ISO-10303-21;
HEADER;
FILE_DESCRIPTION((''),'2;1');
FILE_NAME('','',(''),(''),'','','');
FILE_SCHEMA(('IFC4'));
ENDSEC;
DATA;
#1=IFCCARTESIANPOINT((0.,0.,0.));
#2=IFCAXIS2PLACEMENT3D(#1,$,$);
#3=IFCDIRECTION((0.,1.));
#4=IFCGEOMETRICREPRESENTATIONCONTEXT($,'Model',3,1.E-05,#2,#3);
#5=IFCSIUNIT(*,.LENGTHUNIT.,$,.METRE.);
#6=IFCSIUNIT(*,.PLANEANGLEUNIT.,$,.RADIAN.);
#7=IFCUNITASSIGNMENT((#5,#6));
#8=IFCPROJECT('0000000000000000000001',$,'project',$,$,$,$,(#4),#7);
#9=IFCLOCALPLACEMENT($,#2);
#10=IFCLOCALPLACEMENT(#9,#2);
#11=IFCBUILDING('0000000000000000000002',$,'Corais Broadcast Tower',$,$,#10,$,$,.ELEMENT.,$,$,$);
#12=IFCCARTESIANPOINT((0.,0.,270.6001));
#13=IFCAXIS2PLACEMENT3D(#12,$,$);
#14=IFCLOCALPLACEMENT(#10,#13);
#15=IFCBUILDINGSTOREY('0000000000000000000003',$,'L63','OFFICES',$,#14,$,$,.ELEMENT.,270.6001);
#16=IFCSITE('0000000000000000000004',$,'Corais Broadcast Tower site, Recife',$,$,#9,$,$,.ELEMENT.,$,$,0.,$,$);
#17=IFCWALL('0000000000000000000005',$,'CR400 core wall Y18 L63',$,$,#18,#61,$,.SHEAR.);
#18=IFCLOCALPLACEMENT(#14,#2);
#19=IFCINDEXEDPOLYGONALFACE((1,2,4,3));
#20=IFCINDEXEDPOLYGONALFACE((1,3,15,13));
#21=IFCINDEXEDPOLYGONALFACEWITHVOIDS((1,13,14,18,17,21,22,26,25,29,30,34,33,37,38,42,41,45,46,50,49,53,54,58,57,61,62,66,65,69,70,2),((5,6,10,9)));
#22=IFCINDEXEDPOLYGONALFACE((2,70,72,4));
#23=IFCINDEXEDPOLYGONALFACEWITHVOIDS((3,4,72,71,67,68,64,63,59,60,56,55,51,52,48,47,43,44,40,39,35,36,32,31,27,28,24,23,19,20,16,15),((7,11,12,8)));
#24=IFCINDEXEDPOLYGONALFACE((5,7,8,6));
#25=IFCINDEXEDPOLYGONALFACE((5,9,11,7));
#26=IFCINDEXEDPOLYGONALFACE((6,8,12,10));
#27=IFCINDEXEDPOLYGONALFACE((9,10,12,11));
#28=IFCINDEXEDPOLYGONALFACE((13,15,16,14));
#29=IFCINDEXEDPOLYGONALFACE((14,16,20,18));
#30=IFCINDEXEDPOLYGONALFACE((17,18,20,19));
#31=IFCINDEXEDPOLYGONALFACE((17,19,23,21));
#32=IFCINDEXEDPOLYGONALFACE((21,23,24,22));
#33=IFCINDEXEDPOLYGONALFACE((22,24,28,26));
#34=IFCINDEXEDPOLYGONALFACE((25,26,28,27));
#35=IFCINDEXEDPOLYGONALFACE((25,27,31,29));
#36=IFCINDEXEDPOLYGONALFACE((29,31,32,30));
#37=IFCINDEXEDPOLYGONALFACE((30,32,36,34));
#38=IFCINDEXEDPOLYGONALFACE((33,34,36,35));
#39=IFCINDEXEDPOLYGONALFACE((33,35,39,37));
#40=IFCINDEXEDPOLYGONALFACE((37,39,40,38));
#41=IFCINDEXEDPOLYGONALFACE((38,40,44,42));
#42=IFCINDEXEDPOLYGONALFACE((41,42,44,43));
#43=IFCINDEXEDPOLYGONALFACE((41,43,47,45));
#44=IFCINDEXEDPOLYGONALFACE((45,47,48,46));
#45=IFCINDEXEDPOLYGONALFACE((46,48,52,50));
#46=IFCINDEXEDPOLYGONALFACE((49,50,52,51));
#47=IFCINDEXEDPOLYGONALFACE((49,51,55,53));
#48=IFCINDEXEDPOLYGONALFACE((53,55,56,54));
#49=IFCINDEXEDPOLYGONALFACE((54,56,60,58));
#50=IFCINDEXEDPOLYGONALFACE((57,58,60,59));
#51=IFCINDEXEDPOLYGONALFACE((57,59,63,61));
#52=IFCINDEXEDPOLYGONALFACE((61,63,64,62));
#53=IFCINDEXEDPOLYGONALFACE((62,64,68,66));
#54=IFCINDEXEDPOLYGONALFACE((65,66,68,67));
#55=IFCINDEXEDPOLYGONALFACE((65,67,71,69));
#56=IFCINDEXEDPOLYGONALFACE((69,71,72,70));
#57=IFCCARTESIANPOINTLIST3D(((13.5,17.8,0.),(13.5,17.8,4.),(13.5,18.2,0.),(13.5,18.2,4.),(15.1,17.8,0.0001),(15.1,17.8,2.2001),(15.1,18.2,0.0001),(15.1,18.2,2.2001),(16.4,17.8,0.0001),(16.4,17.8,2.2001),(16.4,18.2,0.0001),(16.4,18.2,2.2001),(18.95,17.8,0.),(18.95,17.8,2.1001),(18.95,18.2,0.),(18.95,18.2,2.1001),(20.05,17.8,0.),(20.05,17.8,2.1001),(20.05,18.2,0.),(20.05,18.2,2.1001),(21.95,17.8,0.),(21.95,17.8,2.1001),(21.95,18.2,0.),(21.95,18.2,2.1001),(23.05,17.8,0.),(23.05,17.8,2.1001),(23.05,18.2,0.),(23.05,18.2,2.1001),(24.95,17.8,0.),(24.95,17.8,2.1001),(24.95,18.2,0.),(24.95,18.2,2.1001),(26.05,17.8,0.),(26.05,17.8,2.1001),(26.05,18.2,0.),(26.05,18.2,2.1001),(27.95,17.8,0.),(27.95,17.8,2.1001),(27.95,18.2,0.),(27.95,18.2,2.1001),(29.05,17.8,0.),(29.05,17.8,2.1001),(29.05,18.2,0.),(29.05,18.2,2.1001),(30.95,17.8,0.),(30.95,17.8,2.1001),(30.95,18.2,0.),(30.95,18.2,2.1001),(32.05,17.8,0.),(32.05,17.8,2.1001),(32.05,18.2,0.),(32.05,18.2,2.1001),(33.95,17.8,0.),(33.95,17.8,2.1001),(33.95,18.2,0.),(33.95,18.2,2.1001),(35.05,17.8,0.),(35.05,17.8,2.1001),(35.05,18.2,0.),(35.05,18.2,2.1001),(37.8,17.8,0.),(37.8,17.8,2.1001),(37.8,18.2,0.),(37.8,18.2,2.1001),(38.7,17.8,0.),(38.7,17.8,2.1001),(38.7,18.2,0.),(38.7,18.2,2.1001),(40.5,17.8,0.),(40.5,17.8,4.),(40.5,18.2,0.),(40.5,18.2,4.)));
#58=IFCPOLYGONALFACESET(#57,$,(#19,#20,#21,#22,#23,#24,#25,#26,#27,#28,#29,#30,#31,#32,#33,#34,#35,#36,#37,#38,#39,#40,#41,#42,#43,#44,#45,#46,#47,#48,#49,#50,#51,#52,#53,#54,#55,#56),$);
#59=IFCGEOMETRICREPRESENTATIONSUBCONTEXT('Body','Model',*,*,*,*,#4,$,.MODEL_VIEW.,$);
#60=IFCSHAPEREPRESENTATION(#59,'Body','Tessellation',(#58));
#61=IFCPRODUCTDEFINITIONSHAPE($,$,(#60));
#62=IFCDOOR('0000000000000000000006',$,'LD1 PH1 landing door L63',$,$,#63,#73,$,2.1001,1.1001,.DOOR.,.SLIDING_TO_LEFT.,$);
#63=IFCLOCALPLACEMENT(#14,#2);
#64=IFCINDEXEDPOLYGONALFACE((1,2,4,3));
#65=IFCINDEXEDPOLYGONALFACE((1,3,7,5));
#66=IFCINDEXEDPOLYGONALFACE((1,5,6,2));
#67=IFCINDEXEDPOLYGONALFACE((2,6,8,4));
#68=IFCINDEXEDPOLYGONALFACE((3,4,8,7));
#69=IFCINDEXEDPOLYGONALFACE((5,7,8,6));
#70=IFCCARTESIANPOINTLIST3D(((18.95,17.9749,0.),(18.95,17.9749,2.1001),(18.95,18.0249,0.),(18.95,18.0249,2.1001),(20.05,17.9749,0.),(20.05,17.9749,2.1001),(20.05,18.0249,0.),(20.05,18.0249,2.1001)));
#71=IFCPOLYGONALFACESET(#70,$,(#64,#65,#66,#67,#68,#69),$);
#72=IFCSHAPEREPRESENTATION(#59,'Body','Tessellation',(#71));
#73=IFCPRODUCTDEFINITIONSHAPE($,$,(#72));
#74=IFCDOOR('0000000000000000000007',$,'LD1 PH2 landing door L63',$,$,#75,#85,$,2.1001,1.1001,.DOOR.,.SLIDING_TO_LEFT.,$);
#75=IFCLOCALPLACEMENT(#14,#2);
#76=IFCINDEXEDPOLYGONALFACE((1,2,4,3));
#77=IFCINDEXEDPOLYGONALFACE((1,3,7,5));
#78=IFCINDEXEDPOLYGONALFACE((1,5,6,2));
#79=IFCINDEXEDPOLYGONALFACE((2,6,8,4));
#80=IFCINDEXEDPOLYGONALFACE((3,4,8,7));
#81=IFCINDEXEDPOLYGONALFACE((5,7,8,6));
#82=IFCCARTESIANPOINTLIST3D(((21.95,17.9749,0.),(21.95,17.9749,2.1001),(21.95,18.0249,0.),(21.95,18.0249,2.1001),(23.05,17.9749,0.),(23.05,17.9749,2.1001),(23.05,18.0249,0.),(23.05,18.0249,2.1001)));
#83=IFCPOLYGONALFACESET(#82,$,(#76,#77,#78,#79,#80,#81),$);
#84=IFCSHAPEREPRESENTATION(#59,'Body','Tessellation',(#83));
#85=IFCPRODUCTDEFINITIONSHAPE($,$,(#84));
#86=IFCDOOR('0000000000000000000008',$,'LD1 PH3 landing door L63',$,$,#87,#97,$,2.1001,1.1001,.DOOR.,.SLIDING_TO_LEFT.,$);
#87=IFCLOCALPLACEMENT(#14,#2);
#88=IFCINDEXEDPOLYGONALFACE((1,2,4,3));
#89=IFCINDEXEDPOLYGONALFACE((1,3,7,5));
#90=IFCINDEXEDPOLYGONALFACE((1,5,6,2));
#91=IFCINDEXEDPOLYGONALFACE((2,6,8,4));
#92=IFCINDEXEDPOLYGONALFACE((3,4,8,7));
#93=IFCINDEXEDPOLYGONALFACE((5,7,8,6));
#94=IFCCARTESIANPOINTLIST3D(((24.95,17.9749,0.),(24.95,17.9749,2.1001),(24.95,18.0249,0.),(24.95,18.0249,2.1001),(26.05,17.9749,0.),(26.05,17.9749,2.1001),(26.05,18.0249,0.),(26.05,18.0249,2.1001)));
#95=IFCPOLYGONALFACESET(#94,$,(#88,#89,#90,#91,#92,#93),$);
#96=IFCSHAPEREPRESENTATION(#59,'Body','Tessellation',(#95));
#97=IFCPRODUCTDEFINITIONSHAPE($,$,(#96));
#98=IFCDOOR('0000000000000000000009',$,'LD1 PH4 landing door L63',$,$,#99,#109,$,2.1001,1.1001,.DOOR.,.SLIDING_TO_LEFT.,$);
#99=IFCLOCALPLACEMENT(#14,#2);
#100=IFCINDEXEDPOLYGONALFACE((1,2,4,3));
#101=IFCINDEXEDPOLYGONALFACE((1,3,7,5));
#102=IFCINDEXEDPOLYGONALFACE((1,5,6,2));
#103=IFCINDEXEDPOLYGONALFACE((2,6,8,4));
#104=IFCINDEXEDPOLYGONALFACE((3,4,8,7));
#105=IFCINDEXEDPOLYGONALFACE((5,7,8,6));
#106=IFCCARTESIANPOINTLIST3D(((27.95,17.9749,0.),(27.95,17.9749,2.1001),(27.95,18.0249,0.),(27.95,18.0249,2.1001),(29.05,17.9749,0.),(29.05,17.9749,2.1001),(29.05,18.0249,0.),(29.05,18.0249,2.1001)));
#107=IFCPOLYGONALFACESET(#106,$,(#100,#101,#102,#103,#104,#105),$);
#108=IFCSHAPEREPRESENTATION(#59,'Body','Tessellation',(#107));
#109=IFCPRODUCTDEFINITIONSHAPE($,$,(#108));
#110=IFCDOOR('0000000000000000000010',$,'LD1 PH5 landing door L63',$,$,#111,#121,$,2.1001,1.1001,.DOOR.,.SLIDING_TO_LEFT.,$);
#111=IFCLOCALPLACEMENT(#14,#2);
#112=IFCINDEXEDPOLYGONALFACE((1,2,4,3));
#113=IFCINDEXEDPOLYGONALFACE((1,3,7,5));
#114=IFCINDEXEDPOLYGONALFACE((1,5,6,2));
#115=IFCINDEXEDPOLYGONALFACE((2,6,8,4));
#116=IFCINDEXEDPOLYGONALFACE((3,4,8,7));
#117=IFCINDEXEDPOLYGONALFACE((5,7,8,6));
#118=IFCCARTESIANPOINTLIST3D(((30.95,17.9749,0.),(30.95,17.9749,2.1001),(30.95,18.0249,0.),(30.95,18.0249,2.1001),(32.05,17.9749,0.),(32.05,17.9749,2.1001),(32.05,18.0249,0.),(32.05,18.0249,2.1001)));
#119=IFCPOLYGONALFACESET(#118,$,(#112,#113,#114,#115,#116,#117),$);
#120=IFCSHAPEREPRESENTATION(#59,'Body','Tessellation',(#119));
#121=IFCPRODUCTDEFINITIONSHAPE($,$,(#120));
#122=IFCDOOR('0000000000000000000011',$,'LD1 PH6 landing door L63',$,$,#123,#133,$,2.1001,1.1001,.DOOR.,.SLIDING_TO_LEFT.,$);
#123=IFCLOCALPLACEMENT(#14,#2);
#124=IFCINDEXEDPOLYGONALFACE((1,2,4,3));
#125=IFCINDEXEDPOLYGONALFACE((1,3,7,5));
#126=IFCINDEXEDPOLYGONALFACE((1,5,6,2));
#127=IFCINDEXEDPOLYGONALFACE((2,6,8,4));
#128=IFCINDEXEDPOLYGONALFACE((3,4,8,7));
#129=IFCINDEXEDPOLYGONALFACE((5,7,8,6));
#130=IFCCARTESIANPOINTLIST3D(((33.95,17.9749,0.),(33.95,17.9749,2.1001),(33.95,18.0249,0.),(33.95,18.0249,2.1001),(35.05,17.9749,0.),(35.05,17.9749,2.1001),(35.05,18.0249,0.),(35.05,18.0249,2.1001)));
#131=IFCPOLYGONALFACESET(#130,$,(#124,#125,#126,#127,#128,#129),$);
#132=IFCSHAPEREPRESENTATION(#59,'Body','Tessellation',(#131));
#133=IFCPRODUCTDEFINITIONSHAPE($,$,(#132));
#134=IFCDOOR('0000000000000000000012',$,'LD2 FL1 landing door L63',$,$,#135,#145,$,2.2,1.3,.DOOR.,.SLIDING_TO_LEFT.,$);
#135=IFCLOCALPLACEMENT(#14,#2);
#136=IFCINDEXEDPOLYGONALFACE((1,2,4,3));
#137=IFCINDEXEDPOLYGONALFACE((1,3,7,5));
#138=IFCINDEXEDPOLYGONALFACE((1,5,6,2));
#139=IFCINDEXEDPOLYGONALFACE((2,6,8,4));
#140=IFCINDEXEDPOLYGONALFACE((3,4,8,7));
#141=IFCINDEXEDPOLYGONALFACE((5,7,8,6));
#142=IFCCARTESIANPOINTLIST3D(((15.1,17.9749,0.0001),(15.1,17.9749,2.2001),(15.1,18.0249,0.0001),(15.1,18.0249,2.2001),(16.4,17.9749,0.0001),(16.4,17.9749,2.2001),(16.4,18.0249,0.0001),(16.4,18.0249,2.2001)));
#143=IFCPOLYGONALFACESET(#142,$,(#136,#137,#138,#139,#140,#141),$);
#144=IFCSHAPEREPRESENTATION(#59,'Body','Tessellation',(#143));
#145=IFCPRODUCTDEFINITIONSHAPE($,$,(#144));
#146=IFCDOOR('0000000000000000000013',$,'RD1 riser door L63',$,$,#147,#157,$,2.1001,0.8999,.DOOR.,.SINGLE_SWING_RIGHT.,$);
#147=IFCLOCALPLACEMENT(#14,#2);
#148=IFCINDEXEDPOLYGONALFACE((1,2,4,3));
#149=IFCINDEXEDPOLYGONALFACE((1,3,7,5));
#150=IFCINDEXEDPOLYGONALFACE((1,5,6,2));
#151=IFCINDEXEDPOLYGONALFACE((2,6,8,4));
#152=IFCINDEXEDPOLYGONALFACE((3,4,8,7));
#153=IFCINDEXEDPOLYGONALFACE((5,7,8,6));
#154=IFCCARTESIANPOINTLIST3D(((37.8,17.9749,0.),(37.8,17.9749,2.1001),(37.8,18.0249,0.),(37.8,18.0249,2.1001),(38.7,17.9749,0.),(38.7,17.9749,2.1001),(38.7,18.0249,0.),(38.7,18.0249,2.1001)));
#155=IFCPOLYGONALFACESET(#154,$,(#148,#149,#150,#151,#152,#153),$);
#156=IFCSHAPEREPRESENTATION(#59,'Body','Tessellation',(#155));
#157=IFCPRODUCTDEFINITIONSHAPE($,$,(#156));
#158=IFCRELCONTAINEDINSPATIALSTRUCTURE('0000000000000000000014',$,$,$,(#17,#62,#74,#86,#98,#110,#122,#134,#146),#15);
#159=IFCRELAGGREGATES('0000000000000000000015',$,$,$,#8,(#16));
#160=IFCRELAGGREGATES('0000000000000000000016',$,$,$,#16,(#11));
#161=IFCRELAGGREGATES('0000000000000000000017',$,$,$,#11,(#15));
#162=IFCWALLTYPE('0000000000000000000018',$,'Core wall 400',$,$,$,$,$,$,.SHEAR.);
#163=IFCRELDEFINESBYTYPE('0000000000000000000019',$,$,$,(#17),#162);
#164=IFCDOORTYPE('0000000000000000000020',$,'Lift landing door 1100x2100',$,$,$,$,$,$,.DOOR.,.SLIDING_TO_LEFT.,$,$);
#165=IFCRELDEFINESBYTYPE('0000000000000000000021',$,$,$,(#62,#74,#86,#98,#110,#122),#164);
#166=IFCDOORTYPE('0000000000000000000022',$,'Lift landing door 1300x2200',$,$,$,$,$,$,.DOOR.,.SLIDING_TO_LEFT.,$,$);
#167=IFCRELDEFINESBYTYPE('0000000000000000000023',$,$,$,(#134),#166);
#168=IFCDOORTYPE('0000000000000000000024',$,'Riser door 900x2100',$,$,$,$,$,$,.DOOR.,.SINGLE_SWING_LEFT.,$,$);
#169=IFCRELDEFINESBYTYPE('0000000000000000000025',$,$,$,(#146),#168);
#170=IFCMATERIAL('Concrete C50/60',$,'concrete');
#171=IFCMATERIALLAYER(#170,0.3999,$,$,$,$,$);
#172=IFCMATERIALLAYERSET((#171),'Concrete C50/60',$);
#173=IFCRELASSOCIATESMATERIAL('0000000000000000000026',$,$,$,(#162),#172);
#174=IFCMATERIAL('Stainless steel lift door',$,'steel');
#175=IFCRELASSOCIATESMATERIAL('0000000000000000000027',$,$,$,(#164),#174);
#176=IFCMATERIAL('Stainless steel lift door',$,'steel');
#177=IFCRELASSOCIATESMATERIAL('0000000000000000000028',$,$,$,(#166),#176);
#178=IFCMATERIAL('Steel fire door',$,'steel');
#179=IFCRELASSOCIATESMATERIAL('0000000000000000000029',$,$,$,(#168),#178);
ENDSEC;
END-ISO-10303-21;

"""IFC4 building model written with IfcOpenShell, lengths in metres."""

from ifc_helpers import new_model, si_unit, direction, frame, frame_2d, origin, place, context, subcontext, project, spatial, rectangle, extrude, material, layer, layer_set, type_object, element, fill, save


model = new_model("IFC4")

# Units and contexts
model_context = context("Model", 3, precision=1e-05, world=origin(), true_north=direction((0.0, 1.0)))
body_context = subcontext(model_context, "Body", "Model", "MODEL_VIEW")
ifc_project = project(units=[si_unit("LENGTHUNIT", "METRE"), si_unit("PLANEANGLEUNIT", "RADIAN")], contexts=[model_context])

# Site, building, storey
site_placement = place(None, origin())
site = spatial("IfcSite", under=ifc_project, at=site_placement, Name="Corais Broadcast Tower site, Recife", CompositionType="ELEMENT", RefElevation=0.0)
building_placement = place(site_placement, origin())
building = spatial("IfcBuilding", under=site, at=building_placement, Name="Corais Broadcast Tower", CompositionType="ELEMENT")
storey_placement = place(building_placement, frame((0.0, 0.0, 270.6001)))
storey = spatial("IfcBuildingStorey", under=building, at=storey_placement, Name="L63", Description="OFFICES", CompositionType="ELEMENT", Elevation=270.6001)

# Shared definitions
ifc_material_1 = material(Name="Concrete C50/60", Category="concrete")
ifc_layer_1 = layer(ifc_material_1, 0.3999)
ifc_layer_set_1 = layer_set([ifc_layer_1], Name="Concrete C50/60")
wall_type_1 = type_object("IfcWallType", Name="Core wall 400", PredefinedType="SHEAR", material=ifc_layer_set_1)

# Wall, openings, doors
wall_1_placement = place(storey_placement, frame((13.5, 18.0, 0.0), z_axis=(0.0, 0.0, 1.0), x_axis=(1.0, 0.0, 0.0)))
wall_1 = element("IfcWall", 1, at=wall_1_placement, inside=storey, type_object=wall_type_1, Name="CR400 core wall Y18 L63", PredefinedType="SHEAR", context=body_context, shape_type="SweptSolid", body=[
    extrude(rectangle(XDim=27.0, YDim=0.3999, at=frame_2d((13.5, 0.0))), origin(), (0.0, 0.0, 1.0), 4.0),
])
opening_1_placement = place(wall_1_placement, frame((24.3, 0.0, 0.0)))
opening_1 = element("IfcOpeningElement", 2, at=opening_1_placement, cuts=wall_1, PredefinedType="OPENING", context=body_context, shape_type="SweptSolid", body=[
    extrude(rectangle(XDim=0.8999, YDim=2.1001, at=frame_2d((0.45, 1.05))), frame((0.0, 0.21, 0.0), z_axis=(0.0, -1.0, 0.0), x_axis=(1.0, 0.0, 0.0)), (0.0, 0.0, 1.0), 0.4199),
])
opening_2_placement = place(wall_1_placement, frame((5.45, 0.0, 0.0)))
opening_2 = element("IfcOpeningElement", 3, at=opening_2_placement, cuts=wall_1, PredefinedType="OPENING", context=body_context, shape_type="SweptSolid", body=[
    extrude(rectangle(XDim=1.1001, YDim=2.1001, at=frame_2d((0.55, 1.05))), frame((0.0, 0.21, 0.0), z_axis=(0.0, -1.0, 0.0), x_axis=(1.0, 0.0, 0.0)), (0.0, 0.0, 1.0), 0.4199),
])
opening_3_placement = place(wall_1_placement, frame((8.45, 0.0, 0.0)))
opening_3 = element("IfcOpeningElement", 4, at=opening_3_placement, cuts=wall_1, PredefinedType="OPENING", context=body_context, shape_type="SweptSolid", body=[
    extrude(rectangle(XDim=1.1001, YDim=2.1001, at=frame_2d((0.55, 1.05))), frame((0.0, 0.21, 0.0), z_axis=(0.0, -1.0, 0.0), x_axis=(1.0, 0.0, 0.0)), (0.0, 0.0, 1.0), 0.4199),
])
opening_4_placement = place(wall_1_placement, frame((11.45, 0.0, 0.0)))
opening_4 = element("IfcOpeningElement", 5, at=opening_4_placement, cuts=wall_1, PredefinedType="OPENING", context=body_context, shape_type="SweptSolid", body=[
    extrude(rectangle(XDim=1.1001, YDim=2.1001, at=frame_2d((0.55, 1.05))), frame((0.0, 0.21, 0.0), z_axis=(0.0, -1.0, 0.0), x_axis=(1.0, 0.0, 0.0)), (0.0, 0.0, 1.0), 0.4199),
])
opening_5_placement = place(wall_1_placement, frame((14.45, 0.0, 0.0)))
opening_5 = element("IfcOpeningElement", 6, at=opening_5_placement, cuts=wall_1, PredefinedType="OPENING", context=body_context, shape_type="SweptSolid", body=[
    extrude(rectangle(XDim=1.1001, YDim=2.1001, at=frame_2d((0.55, 1.05))), frame((0.0, 0.21, 0.0), z_axis=(0.0, -1.0, 0.0), x_axis=(1.0, 0.0, 0.0)), (0.0, 0.0, 1.0), 0.4199),
])
opening_6_placement = place(wall_1_placement, frame((17.45, 0.0, 0.0)))
opening_6 = element("IfcOpeningElement", 7, at=opening_6_placement, cuts=wall_1, PredefinedType="OPENING", context=body_context, shape_type="SweptSolid", body=[
    extrude(rectangle(XDim=1.1001, YDim=2.1001, at=frame_2d((0.55, 1.05))), frame((0.0, 0.21, 0.0), z_axis=(0.0, -1.0, 0.0), x_axis=(1.0, 0.0, 0.0)), (0.0, 0.0, 1.0), 0.4199),
])
opening_7_placement = place(wall_1_placement, frame((20.45, 0.0, 0.0)))
opening_7 = element("IfcOpeningElement", 8, at=opening_7_placement, cuts=wall_1, PredefinedType="OPENING", context=body_context, shape_type="SweptSolid", body=[
    extrude(rectangle(XDim=1.1001, YDim=2.1001, at=frame_2d((0.55, 1.05))), frame((0.0, 0.21, 0.0), z_axis=(0.0, -1.0, 0.0), x_axis=(1.0, 0.0, 0.0)), (0.0, 0.0, 1.0), 0.4199),
])
opening_8_placement = place(wall_1_placement, frame((1.6001, 0.0, 0.0)))
opening_8 = element("IfcOpeningElement", 9, at=opening_8_placement, cuts=wall_1, PredefinedType="OPENING", context=body_context, shape_type="SweptSolid", body=[
    extrude(rectangle(XDim=1.3, YDim=2.2, at=frame_2d((0.6499, 1.1001))), frame((0.0, 0.21, 0.0), z_axis=(0.0, -1.0, 0.0), x_axis=(1.0, 0.0, 0.0)), (0.0, 0.0, 1.0), 0.4199),
])
ifc_material_2 = material(Name="Stainless steel lift door", Category="steel")
door_type_1 = type_object("IfcDoorType", Name="Lift landing door 1100x2100", OperationType="SLIDING_TO_LEFT", PredefinedType="DOOR", material=ifc_material_2)
door_1_placement = place(opening_2_placement, origin())
door_1 = element("IfcDoor", 10, at=door_1_placement, inside=storey, type_object=door_type_1, Name="LD1 PH1 landing door L63", OperationType="SLIDING_TO_LEFT", OverallHeight=2.1001, OverallWidth=1.1001, PredefinedType="DOOR", context=body_context, shape_type="SweptSolid", body=[
    extrude(rectangle(XDim=1.1001, YDim=2.1001, at=frame_2d((0.55, 1.05))), frame((0.0, 0.0249, 0.0), z_axis=(0.0, -1.0, 0.0), x_axis=(1.0, 0.0, 0.0)), (0.0, 0.0, 1.0), 0.05),
])
fill(opening_2, door_1)
door_2_placement = place(opening_3_placement, origin())
door_2 = element("IfcDoor", 11, at=door_2_placement, inside=storey, type_object=door_type_1, Name="LD1 PH2 landing door L63", OperationType="SLIDING_TO_LEFT", OverallHeight=2.1001, OverallWidth=1.1001, PredefinedType="DOOR", context=body_context, shape_type="SweptSolid", body=[
    extrude(rectangle(XDim=1.1001, YDim=2.1001, at=frame_2d((0.55, 1.05))), frame((0.0, 0.0249, 0.0), z_axis=(0.0, -1.0, 0.0), x_axis=(1.0, 0.0, 0.0)), (0.0, 0.0, 1.0), 0.05),
])
fill(opening_3, door_2)
door_3_placement = place(opening_4_placement, origin())
door_3 = element("IfcDoor", 12, at=door_3_placement, inside=storey, type_object=door_type_1, Name="LD1 PH3 landing door L63", OperationType="SLIDING_TO_LEFT", OverallHeight=2.1001, OverallWidth=1.1001, PredefinedType="DOOR", context=body_context, shape_type="SweptSolid", body=[
    extrude(rectangle(XDim=1.1001, YDim=2.1001, at=frame_2d((0.55, 1.05))), frame((0.0, 0.0249, 0.0), z_axis=(0.0, -1.0, 0.0), x_axis=(1.0, 0.0, 0.0)), (0.0, 0.0, 1.0), 0.05),
])
fill(opening_4, door_3)
door_4_placement = place(opening_5_placement, origin())
door_4 = element("IfcDoor", 13, at=door_4_placement, inside=storey, type_object=door_type_1, Name="LD1 PH4 landing door L63", OperationType="SLIDING_TO_LEFT", OverallHeight=2.1001, OverallWidth=1.1001, PredefinedType="DOOR", context=body_context, shape_type="SweptSolid", body=[
    extrude(rectangle(XDim=1.1001, YDim=2.1001, at=frame_2d((0.55, 1.05))), frame((0.0, 0.0249, 0.0), z_axis=(0.0, -1.0, 0.0), x_axis=(1.0, 0.0, 0.0)), (0.0, 0.0, 1.0), 0.05),
])
fill(opening_5, door_4)
door_5_placement = place(opening_6_placement, origin())
door_5 = element("IfcDoor", 14, at=door_5_placement, inside=storey, type_object=door_type_1, Name="LD1 PH5 landing door L63", OperationType="SLIDING_TO_LEFT", OverallHeight=2.1001, OverallWidth=1.1001, PredefinedType="DOOR", context=body_context, shape_type="SweptSolid", body=[
    extrude(rectangle(XDim=1.1001, YDim=2.1001, at=frame_2d((0.55, 1.05))), frame((0.0, 0.0249, 0.0), z_axis=(0.0, -1.0, 0.0), x_axis=(1.0, 0.0, 0.0)), (0.0, 0.0, 1.0), 0.05),
])
fill(opening_6, door_5)
door_6_placement = place(opening_7_placement, origin())
door_6 = element("IfcDoor", 15, at=door_6_placement, inside=storey, type_object=door_type_1, Name="LD1 PH6 landing door L63", OperationType="SLIDING_TO_LEFT", OverallHeight=2.1001, OverallWidth=1.1001, PredefinedType="DOOR", context=body_context, shape_type="SweptSolid", body=[
    extrude(rectangle(XDim=1.1001, YDim=2.1001, at=frame_2d((0.55, 1.05))), frame((0.0, 0.0249, 0.0), z_axis=(0.0, -1.0, 0.0), x_axis=(1.0, 0.0, 0.0)), (0.0, 0.0, 1.0), 0.05),
])
fill(opening_7, door_6)
ifc_material_3 = material(Name="Stainless steel lift door", Category="steel")
door_type_2 = type_object("IfcDoorType", Name="Lift landing door 1300x2200", OperationType="SLIDING_TO_LEFT", PredefinedType="DOOR", material=ifc_material_3)
door_7_placement = place(opening_8_placement, origin())
door_7 = element("IfcDoor", 16, at=door_7_placement, inside=storey, type_object=door_type_2, Name="LD2 FL1 landing door L63", OperationType="SLIDING_TO_LEFT", OverallHeight=2.2, OverallWidth=1.3, PredefinedType="DOOR", context=body_context, shape_type="SweptSolid", body=[
    extrude(rectangle(XDim=1.3, YDim=2.2, at=frame_2d((0.6499, 1.1001))), frame((0.0, 0.0249, 0.0), z_axis=(0.0, -1.0, 0.0), x_axis=(1.0, 0.0, 0.0)), (0.0, 0.0, 1.0), 0.05),
])
fill(opening_8, door_7)
ifc_material_4 = material(Name="Steel fire door", Category="steel")
door_type_3 = type_object("IfcDoorType", Name="Riser door 900x2100", OperationType="SINGLE_SWING_LEFT", PredefinedType="DOOR", material=ifc_material_4)
door_8_placement = place(opening_1_placement, origin())
door_8 = element("IfcDoor", 17, at=door_8_placement, inside=storey, type_object=door_type_3, Name="RD1 riser door L63", OperationType="SINGLE_SWING_RIGHT", OverallHeight=2.1001, OverallWidth=0.8999, PredefinedType="DOOR", context=body_context, shape_type="SweptSolid", body=[
    extrude(rectangle(XDim=0.8999, YDim=2.1001, at=frame_2d((0.45, 1.05))), frame((0.0, 0.0249, 0.0), z_axis=(0.0, -1.0, 0.0), x_axis=(1.0, 0.0, 0.0)), (0.0, 0.0, 1.0), 0.05),
])
fill(opening_1, door_8)

save(model, "model.ifc")
